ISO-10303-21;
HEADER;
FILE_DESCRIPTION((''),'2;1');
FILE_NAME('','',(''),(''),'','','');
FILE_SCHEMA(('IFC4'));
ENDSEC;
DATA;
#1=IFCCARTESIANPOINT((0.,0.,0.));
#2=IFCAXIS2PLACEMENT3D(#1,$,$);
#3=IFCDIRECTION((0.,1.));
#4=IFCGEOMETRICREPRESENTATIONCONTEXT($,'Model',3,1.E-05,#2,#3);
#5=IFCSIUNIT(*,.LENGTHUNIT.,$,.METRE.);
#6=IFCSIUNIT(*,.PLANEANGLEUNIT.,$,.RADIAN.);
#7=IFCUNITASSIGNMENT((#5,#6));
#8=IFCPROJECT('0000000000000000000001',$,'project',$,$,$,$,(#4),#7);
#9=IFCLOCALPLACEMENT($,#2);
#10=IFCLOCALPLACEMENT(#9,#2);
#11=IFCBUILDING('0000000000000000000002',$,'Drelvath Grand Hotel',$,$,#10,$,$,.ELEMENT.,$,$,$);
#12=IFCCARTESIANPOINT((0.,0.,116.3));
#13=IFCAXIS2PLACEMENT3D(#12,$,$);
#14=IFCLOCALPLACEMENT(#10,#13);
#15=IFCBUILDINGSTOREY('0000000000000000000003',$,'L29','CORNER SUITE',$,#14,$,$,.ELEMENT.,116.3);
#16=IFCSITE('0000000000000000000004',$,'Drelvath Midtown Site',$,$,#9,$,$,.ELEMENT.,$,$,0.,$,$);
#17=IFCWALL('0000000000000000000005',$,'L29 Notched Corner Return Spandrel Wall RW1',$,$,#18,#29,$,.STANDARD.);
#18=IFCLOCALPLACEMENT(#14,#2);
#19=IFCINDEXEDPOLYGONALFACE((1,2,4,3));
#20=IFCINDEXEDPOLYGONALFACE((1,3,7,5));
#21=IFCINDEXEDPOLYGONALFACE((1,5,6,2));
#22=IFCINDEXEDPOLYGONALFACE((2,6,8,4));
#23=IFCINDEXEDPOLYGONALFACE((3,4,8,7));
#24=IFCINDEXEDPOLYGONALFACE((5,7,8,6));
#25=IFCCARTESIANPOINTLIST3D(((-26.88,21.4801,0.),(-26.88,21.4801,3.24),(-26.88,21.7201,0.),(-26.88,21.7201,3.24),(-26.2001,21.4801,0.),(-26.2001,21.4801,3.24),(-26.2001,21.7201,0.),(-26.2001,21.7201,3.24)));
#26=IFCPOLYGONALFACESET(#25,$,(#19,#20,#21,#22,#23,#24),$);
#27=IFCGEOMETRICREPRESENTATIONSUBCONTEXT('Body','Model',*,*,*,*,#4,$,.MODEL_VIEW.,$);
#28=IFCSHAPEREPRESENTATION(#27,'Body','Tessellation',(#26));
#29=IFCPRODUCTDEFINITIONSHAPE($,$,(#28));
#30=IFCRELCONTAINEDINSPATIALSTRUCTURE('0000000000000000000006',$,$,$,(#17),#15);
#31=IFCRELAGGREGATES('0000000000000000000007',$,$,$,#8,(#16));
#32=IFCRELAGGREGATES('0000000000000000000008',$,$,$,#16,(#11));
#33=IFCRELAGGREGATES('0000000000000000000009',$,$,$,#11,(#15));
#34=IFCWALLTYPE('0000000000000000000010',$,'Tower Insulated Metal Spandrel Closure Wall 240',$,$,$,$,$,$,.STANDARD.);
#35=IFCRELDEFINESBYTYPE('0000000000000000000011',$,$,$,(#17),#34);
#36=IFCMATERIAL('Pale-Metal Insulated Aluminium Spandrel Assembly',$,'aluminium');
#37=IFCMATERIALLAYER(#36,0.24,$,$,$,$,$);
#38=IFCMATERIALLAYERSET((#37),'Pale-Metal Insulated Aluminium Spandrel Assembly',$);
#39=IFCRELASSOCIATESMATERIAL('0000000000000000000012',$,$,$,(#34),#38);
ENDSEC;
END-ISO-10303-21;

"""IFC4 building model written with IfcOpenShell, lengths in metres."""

from ifc_helpers import new_model, si_unit, direction, frame, frame_2d, origin, place, context, subcontext, project, spatial, rectangle, extrude, material, layer, layer_set, type_object, element, save


model = new_model("IFC4")

# Units and contexts
model_context = context("Model", 3, precision=1e-05, world=origin(), true_north=direction((0.0, 1.0)))
body_context = subcontext(model_context, "Body", "Model", "MODEL_VIEW")
ifc_project = project(units=[si_unit("LENGTHUNIT", "METRE"), si_unit("PLANEANGLEUNIT", "RADIAN")], contexts=[model_context])

# Site, building, storey
site_placement = place(None, origin())
site = spatial("IfcSite", under=ifc_project, at=site_placement, Name="Drelvath Midtown Site", CompositionType="ELEMENT", RefElevation=0.0)
building_placement = place(site_placement, origin())
building = spatial("IfcBuilding", under=site, at=building_placement, Name="Drelvath Grand Hotel", CompositionType="ELEMENT")
storey_placement = place(building_placement, frame((0.0, 0.0, 116.3)))
storey = spatial("IfcBuildingStorey", under=building, at=storey_placement, Name="L29", Description="CORNER SUITE", CompositionType="ELEMENT", Elevation=116.3)

# Wall
ifc_material_1 = material(Name="Pale-Metal Insulated Aluminium Spandrel Assembly", Category="aluminium")
ifc_layer_1 = layer(ifc_material_1, 0.24)
ifc_layer_set_1 = layer_set([ifc_layer_1], Name="Pale-Metal Insulated Aluminium Spandrel Assembly")
wall_type_1 = type_object("IfcWallType", Name="Tower Insulated Metal Spandrel Closure Wall 240", PredefinedType="STANDARD", material=ifc_layer_set_1)
wall_1_placement = place(storey_placement, frame((-26.8799, 21.6001, 0.0), z_axis=(0.0, 0.0, 1.0), x_axis=(1.0, 0.0, 0.0)))
element("IfcWall", 1, at=wall_1_placement, inside=storey, type_object=wall_type_1, Name="L29 Notched Corner Return Spandrel Wall RW1", PredefinedType="STANDARD", context=body_context, shape_type="SweptSolid", body=[
    extrude(rectangle(XDim=0.6799, YDim=0.24, at=frame_2d((0.3398, 0.0))), origin(), (0.0, 0.0, 1.0), 3.24),
])

save(model, "model.ifc")
